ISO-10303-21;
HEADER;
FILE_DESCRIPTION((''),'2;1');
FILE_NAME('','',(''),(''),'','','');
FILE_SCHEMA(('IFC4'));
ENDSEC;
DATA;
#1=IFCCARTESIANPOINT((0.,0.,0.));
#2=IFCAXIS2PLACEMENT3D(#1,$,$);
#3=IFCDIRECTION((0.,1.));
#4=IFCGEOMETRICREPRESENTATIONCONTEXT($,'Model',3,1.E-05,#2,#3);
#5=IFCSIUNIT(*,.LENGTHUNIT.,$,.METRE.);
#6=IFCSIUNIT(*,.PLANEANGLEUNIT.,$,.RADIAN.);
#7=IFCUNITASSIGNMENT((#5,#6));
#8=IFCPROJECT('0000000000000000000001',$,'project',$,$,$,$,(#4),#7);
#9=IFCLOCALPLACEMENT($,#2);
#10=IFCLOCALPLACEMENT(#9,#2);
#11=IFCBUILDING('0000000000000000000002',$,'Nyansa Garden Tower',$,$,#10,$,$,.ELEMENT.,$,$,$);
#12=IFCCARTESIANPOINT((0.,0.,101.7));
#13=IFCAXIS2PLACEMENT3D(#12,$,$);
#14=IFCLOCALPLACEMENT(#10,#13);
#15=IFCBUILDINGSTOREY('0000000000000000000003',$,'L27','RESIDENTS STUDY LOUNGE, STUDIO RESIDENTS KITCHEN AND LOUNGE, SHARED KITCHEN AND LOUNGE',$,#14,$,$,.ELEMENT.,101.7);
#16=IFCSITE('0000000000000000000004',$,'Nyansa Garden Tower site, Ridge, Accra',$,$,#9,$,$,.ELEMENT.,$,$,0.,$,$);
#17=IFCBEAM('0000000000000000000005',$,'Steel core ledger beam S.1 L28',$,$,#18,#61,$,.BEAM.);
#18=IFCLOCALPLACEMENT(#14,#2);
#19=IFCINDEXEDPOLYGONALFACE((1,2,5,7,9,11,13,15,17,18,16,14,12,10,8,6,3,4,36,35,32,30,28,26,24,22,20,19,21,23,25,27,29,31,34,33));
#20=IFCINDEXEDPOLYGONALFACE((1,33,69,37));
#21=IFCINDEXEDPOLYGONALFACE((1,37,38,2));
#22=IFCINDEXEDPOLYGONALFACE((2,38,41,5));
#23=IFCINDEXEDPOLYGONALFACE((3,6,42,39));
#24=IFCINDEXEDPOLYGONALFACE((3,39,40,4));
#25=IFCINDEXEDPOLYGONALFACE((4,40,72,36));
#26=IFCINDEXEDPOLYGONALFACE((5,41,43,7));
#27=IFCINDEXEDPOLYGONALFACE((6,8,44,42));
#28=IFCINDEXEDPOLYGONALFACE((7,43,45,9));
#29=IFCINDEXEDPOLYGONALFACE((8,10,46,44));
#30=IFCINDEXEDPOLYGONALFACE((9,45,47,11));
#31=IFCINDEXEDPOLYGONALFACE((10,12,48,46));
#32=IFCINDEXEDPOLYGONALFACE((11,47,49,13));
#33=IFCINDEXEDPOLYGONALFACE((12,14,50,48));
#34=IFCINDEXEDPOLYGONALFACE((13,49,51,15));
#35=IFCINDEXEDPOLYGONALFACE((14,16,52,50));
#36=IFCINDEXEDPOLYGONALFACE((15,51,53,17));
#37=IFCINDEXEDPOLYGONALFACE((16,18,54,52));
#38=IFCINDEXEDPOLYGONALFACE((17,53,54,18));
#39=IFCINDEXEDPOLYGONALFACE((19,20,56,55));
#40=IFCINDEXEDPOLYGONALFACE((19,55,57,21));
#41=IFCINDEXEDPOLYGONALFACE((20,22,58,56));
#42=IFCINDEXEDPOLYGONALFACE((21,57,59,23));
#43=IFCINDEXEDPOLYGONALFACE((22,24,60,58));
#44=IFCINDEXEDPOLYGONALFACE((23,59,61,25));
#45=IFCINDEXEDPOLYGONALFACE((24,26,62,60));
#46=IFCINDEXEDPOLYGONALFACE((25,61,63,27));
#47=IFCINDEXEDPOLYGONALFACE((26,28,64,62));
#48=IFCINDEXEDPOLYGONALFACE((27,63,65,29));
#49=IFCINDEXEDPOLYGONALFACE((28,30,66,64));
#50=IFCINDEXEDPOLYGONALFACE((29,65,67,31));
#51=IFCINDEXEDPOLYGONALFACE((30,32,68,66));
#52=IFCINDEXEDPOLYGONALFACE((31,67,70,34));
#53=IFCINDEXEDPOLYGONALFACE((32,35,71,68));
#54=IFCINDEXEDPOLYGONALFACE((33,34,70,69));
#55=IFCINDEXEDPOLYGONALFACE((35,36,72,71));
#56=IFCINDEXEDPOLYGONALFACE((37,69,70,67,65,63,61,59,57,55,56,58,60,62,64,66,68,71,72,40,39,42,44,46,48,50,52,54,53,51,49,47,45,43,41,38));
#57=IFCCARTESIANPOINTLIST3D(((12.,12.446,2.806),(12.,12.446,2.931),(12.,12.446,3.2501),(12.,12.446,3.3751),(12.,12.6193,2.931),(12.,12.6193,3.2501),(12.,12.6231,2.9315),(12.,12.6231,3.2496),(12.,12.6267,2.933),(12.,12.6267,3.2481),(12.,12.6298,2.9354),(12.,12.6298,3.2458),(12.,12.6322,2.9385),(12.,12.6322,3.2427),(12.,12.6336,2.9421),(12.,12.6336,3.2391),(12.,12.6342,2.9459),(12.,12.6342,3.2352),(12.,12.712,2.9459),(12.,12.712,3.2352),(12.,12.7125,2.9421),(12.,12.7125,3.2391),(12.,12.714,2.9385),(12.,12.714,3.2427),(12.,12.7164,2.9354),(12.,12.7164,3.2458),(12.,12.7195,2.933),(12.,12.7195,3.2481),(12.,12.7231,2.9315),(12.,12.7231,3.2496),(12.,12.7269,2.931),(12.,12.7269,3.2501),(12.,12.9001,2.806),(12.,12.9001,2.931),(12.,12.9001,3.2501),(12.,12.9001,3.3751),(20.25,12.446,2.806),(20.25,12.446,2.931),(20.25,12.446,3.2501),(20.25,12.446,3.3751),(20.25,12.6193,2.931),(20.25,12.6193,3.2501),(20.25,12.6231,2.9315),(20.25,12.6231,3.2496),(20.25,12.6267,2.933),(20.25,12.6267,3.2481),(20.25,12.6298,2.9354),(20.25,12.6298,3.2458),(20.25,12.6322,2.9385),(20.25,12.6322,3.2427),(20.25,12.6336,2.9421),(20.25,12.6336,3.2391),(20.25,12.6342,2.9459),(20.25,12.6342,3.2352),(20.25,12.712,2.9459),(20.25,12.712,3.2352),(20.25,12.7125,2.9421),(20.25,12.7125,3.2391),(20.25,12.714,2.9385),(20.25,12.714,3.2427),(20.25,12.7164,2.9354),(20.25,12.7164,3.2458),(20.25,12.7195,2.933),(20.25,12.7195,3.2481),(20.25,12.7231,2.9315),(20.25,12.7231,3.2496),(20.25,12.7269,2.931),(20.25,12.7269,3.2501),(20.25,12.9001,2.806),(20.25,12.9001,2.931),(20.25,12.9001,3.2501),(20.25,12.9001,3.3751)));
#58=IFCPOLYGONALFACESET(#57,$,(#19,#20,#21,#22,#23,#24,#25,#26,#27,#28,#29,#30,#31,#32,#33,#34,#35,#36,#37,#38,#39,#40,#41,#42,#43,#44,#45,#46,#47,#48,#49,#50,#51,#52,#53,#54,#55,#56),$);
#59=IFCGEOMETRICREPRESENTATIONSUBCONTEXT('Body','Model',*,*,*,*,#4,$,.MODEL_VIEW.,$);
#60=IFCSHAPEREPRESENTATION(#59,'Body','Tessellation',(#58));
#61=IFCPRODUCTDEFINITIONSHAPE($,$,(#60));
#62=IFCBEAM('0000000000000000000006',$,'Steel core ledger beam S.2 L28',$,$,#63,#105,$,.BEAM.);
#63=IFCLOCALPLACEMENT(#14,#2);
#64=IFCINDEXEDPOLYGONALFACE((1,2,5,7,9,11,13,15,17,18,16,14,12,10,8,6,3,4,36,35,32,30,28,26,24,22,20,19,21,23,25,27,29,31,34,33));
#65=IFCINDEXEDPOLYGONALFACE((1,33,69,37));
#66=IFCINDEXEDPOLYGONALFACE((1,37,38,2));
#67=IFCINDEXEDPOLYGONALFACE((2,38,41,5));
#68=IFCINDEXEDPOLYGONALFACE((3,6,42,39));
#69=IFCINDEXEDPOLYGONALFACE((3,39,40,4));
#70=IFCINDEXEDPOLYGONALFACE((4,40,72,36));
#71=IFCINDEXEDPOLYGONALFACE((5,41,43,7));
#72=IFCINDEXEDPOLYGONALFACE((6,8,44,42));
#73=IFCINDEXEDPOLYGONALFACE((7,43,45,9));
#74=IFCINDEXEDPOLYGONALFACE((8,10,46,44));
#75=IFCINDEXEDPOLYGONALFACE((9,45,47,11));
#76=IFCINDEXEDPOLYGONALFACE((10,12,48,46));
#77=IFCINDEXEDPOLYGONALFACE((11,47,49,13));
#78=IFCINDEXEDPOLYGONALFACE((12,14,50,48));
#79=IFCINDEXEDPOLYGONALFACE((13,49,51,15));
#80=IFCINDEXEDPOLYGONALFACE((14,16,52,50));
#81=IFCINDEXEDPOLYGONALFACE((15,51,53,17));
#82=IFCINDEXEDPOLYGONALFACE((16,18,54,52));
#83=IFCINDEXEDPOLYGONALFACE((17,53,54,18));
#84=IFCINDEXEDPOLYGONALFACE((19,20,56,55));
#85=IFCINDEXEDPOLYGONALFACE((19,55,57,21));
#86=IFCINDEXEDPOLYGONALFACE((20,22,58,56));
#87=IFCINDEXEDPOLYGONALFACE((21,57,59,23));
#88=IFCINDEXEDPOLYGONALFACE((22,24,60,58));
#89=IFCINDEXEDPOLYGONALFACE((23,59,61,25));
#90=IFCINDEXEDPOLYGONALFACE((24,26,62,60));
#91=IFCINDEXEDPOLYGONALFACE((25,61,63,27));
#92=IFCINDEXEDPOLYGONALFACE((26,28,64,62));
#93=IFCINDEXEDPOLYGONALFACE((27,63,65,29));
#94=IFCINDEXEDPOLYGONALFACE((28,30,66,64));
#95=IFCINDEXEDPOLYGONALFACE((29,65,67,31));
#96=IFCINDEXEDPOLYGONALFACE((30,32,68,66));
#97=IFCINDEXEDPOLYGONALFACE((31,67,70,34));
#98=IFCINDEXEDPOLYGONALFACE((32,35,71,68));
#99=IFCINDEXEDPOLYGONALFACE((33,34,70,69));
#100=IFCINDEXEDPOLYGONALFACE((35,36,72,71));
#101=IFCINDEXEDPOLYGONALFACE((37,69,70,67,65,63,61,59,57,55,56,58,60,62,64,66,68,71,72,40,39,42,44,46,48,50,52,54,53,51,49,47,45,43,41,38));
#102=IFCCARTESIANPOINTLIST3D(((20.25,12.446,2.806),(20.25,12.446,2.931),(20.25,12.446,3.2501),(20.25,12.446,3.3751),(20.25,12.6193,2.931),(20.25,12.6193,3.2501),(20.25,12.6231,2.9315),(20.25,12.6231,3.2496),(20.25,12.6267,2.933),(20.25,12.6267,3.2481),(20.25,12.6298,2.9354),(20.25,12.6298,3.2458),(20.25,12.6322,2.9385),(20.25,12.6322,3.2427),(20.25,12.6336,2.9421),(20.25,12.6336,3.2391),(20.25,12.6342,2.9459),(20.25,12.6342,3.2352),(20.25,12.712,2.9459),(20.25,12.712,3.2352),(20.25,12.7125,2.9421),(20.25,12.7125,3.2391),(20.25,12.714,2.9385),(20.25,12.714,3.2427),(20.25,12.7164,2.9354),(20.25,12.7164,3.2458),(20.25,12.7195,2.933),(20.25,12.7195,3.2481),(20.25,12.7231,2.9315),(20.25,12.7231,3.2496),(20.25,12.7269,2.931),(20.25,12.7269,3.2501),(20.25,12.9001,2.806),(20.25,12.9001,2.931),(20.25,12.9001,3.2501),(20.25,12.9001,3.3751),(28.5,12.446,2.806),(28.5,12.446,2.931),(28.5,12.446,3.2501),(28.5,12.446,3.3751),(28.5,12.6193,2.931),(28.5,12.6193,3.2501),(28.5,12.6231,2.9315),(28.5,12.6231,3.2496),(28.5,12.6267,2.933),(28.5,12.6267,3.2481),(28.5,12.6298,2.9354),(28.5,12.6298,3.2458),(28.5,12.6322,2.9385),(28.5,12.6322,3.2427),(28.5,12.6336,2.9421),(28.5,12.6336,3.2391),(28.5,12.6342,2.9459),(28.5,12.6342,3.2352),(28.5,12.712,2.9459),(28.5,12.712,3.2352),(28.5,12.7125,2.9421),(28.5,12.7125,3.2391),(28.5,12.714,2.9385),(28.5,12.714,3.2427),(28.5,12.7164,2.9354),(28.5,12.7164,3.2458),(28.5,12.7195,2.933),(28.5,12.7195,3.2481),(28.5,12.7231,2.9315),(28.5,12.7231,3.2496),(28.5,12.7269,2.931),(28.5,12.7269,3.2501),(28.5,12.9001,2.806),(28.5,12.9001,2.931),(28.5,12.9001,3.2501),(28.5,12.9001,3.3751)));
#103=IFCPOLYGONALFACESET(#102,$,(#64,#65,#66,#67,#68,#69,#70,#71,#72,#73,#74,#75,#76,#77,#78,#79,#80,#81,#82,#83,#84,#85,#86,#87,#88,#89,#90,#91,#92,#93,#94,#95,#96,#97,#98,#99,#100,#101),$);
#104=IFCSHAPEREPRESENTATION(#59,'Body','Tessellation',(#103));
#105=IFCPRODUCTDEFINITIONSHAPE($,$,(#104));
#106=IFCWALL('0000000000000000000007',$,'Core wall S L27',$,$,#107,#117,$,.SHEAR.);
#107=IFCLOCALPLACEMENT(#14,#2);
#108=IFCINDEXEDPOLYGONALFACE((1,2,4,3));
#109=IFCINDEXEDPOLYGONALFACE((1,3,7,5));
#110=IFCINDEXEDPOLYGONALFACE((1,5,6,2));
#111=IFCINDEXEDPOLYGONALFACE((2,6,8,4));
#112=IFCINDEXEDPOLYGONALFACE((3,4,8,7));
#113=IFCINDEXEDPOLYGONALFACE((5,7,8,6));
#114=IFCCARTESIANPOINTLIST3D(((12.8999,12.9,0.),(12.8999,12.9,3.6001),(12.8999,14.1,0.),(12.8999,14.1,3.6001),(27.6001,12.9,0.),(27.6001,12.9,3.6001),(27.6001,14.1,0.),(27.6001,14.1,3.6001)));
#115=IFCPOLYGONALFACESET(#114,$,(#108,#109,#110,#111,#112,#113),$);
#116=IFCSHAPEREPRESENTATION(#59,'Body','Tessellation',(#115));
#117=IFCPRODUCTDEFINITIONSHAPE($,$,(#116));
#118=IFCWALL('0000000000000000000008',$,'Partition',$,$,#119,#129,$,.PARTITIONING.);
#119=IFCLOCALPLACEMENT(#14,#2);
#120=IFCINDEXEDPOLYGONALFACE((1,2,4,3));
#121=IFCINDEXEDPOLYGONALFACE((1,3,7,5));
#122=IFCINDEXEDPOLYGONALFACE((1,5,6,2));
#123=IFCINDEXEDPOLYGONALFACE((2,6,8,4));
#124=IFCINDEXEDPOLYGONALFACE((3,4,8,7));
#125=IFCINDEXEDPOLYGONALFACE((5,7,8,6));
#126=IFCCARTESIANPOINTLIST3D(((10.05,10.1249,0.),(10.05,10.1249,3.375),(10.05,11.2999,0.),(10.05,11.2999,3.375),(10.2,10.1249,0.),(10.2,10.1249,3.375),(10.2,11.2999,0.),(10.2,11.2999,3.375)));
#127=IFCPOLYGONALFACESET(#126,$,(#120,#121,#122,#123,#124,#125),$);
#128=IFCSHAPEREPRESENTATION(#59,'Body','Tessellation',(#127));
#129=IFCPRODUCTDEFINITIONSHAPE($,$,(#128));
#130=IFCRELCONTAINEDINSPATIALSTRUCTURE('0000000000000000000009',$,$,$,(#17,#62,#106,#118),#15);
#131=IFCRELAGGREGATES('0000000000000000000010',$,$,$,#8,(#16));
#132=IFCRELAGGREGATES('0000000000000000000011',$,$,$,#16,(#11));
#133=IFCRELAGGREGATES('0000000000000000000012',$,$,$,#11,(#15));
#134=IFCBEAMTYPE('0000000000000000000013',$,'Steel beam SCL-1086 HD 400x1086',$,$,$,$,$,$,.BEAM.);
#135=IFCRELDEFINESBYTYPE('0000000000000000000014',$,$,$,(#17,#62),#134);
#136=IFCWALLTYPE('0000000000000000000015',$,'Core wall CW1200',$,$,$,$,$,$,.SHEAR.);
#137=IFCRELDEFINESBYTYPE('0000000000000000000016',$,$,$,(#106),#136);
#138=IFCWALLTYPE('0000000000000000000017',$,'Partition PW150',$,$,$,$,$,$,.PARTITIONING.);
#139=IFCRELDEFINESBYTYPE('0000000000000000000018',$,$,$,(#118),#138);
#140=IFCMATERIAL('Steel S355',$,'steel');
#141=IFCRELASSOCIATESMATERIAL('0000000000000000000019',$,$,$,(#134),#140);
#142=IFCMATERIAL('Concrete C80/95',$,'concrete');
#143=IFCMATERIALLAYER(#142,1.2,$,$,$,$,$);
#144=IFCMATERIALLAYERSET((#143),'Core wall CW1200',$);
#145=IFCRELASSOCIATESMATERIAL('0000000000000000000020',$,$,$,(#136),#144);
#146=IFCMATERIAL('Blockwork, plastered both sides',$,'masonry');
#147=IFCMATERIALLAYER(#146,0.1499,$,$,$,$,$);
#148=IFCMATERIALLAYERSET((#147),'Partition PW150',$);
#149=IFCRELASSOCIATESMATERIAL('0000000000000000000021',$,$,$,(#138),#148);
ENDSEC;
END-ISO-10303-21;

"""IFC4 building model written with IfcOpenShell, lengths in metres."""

from ifc_helpers import new_model, si_unit, direction, frame, frame_2d, origin, origin_2d, place, context, subcontext, project, spatial, rectangle, i_section, extrude, material, layer, layer_set, material_profile, profile_set, type_object, element, save


model = new_model("IFC4")

# Units and contexts
model_context = context("Model", 3, precision=1e-05, world=origin(), true_north=direction((0.0, 1.0)))
body_context = subcontext(model_context, "Body", "Model", "MODEL_VIEW")
ifc_project = project(units=[si_unit("LENGTHUNIT", "METRE"), si_unit("PLANEANGLEUNIT", "RADIAN")], contexts=[model_context])

# Site, building, storey
site_placement = place(None, origin())
site = spatial("IfcSite", under=ifc_project, at=site_placement, Name="Nyansa Garden Tower site, Ridge, Accra", CompositionType="ELEMENT", RefElevation=0.0)
building_placement = place(site_placement, origin())
building = spatial("IfcBuilding", under=site, at=building_placement, Name="Nyansa Garden Tower", CompositionType="ELEMENT")
storey_placement = place(building_placement, frame((0.0, 0.0, 101.7)))
storey = spatial("IfcBuildingStorey", under=building, at=storey_placement, Name="L27", Description="RESIDENTS STUDY LOUNGE, STUDIO RESIDENTS KITCHEN AND LOUNGE, SHARED KITCHEN AND LOUNGE", CompositionType="ELEMENT", Elevation=101.7)

# Beams
ifc_material_1 = material(Name="Steel S355", Category="steel")
ifc_material_profile_1 = material_profile(ifc_material_1, i_section(OverallWidth=0.4541, OverallDepth=0.5691, WebThickness=0.0779, FlangeThickness=0.125, FilletRadius=0.0149, at=origin_2d()), Name="HD 400x1086")
ifc_profile_set_1 = profile_set([ifc_material_profile_1], Name="Steel S355")
beam_type_1 = type_object("IfcBeamType", Name="Steel beam SCL-1086 HD 400x1086", PredefinedType="BEAM", material=ifc_profile_set_1)
for number, where, z_axis, x_axis, name in (
    (1, (12.0, 12.6731, 3.0906), (1.0, 0.0, 0.0), (0.0, 1.0, 0.0), "Steel core ledger beam S.1 L28"),
    (2, (20.25, 12.6731, 3.0906), (1.0, 0.0, 0.0), (0.0, 1.0, 0.0), "Steel core ledger beam S.2 L28"),
):
    element("IfcBeam", number, at=place(storey_placement, frame(where, z_axis=z_axis, x_axis=x_axis)), inside=storey, type_object=beam_type_1, Name=name, PredefinedType="BEAM", context=body_context, shape_type="SweptSolid", body=[
        extrude(i_section(OverallWidth=0.4541, OverallDepth=0.5691, WebThickness=0.0779, FlangeThickness=0.125, FilletRadius=0.0149, at=origin_2d()), origin(), (0.0, 0.0, 1.0), 8.25),
    ])

# Walls
ifc_material_2 = material(Name="Concrete C80/95", Category="concrete")
ifc_layer_1 = layer(ifc_material_2, 1.2)
ifc_layer_set_1 = layer_set([ifc_layer_1], Name="Core wall CW1200")
wall_type_1 = type_object("IfcWallType", Name="Core wall CW1200", PredefinedType="SHEAR", material=ifc_layer_set_1)
wall_1_placement = place(storey_placement, frame((12.8999, 13.5, 0.0), z_axis=(0.0, 0.0, 1.0), x_axis=(1.0, 0.0, 0.0)))
element("IfcWall", 3, at=wall_1_placement, inside=storey, type_object=wall_type_1, Name="Core wall S L27", PredefinedType="SHEAR", context=body_context, shape_type="SweptSolid", body=[
    extrude(rectangle(XDim=14.7002, YDim=1.2, at=frame_2d((7.3501, 0.0))), origin(), (0.0, 0.0, 1.0), 3.6001),
])
ifc_material_3 = material(Name="Blockwork, plastered both sides", Category="masonry")
ifc_layer_2 = layer(ifc_material_3, 0.1499)
ifc_layer_set_2 = layer_set([ifc_layer_2], Name="Partition PW150")
wall_type_2 = type_object("IfcWallType", Name="Partition PW150", PredefinedType="PARTITIONING", material=ifc_layer_set_2)
wall_2_placement = place(storey_placement, frame((10.125, 10.125, 0.0), z_axis=(0.0, 0.0, 1.0), x_axis=(0.0, 1.0, 0.0)))
element("IfcWall", 4, at=wall_2_placement, inside=storey, type_object=wall_type_2, Name="Partition", PredefinedType="PARTITIONING", context=body_context, shape_type="SweptSolid", body=[
    extrude(rectangle(XDim=1.175, YDim=0.1499, at=frame_2d((0.5874, 0.0))), origin(), (0.0, 0.0, 1.0), 3.375),
])

save(model, "model.ifc")
